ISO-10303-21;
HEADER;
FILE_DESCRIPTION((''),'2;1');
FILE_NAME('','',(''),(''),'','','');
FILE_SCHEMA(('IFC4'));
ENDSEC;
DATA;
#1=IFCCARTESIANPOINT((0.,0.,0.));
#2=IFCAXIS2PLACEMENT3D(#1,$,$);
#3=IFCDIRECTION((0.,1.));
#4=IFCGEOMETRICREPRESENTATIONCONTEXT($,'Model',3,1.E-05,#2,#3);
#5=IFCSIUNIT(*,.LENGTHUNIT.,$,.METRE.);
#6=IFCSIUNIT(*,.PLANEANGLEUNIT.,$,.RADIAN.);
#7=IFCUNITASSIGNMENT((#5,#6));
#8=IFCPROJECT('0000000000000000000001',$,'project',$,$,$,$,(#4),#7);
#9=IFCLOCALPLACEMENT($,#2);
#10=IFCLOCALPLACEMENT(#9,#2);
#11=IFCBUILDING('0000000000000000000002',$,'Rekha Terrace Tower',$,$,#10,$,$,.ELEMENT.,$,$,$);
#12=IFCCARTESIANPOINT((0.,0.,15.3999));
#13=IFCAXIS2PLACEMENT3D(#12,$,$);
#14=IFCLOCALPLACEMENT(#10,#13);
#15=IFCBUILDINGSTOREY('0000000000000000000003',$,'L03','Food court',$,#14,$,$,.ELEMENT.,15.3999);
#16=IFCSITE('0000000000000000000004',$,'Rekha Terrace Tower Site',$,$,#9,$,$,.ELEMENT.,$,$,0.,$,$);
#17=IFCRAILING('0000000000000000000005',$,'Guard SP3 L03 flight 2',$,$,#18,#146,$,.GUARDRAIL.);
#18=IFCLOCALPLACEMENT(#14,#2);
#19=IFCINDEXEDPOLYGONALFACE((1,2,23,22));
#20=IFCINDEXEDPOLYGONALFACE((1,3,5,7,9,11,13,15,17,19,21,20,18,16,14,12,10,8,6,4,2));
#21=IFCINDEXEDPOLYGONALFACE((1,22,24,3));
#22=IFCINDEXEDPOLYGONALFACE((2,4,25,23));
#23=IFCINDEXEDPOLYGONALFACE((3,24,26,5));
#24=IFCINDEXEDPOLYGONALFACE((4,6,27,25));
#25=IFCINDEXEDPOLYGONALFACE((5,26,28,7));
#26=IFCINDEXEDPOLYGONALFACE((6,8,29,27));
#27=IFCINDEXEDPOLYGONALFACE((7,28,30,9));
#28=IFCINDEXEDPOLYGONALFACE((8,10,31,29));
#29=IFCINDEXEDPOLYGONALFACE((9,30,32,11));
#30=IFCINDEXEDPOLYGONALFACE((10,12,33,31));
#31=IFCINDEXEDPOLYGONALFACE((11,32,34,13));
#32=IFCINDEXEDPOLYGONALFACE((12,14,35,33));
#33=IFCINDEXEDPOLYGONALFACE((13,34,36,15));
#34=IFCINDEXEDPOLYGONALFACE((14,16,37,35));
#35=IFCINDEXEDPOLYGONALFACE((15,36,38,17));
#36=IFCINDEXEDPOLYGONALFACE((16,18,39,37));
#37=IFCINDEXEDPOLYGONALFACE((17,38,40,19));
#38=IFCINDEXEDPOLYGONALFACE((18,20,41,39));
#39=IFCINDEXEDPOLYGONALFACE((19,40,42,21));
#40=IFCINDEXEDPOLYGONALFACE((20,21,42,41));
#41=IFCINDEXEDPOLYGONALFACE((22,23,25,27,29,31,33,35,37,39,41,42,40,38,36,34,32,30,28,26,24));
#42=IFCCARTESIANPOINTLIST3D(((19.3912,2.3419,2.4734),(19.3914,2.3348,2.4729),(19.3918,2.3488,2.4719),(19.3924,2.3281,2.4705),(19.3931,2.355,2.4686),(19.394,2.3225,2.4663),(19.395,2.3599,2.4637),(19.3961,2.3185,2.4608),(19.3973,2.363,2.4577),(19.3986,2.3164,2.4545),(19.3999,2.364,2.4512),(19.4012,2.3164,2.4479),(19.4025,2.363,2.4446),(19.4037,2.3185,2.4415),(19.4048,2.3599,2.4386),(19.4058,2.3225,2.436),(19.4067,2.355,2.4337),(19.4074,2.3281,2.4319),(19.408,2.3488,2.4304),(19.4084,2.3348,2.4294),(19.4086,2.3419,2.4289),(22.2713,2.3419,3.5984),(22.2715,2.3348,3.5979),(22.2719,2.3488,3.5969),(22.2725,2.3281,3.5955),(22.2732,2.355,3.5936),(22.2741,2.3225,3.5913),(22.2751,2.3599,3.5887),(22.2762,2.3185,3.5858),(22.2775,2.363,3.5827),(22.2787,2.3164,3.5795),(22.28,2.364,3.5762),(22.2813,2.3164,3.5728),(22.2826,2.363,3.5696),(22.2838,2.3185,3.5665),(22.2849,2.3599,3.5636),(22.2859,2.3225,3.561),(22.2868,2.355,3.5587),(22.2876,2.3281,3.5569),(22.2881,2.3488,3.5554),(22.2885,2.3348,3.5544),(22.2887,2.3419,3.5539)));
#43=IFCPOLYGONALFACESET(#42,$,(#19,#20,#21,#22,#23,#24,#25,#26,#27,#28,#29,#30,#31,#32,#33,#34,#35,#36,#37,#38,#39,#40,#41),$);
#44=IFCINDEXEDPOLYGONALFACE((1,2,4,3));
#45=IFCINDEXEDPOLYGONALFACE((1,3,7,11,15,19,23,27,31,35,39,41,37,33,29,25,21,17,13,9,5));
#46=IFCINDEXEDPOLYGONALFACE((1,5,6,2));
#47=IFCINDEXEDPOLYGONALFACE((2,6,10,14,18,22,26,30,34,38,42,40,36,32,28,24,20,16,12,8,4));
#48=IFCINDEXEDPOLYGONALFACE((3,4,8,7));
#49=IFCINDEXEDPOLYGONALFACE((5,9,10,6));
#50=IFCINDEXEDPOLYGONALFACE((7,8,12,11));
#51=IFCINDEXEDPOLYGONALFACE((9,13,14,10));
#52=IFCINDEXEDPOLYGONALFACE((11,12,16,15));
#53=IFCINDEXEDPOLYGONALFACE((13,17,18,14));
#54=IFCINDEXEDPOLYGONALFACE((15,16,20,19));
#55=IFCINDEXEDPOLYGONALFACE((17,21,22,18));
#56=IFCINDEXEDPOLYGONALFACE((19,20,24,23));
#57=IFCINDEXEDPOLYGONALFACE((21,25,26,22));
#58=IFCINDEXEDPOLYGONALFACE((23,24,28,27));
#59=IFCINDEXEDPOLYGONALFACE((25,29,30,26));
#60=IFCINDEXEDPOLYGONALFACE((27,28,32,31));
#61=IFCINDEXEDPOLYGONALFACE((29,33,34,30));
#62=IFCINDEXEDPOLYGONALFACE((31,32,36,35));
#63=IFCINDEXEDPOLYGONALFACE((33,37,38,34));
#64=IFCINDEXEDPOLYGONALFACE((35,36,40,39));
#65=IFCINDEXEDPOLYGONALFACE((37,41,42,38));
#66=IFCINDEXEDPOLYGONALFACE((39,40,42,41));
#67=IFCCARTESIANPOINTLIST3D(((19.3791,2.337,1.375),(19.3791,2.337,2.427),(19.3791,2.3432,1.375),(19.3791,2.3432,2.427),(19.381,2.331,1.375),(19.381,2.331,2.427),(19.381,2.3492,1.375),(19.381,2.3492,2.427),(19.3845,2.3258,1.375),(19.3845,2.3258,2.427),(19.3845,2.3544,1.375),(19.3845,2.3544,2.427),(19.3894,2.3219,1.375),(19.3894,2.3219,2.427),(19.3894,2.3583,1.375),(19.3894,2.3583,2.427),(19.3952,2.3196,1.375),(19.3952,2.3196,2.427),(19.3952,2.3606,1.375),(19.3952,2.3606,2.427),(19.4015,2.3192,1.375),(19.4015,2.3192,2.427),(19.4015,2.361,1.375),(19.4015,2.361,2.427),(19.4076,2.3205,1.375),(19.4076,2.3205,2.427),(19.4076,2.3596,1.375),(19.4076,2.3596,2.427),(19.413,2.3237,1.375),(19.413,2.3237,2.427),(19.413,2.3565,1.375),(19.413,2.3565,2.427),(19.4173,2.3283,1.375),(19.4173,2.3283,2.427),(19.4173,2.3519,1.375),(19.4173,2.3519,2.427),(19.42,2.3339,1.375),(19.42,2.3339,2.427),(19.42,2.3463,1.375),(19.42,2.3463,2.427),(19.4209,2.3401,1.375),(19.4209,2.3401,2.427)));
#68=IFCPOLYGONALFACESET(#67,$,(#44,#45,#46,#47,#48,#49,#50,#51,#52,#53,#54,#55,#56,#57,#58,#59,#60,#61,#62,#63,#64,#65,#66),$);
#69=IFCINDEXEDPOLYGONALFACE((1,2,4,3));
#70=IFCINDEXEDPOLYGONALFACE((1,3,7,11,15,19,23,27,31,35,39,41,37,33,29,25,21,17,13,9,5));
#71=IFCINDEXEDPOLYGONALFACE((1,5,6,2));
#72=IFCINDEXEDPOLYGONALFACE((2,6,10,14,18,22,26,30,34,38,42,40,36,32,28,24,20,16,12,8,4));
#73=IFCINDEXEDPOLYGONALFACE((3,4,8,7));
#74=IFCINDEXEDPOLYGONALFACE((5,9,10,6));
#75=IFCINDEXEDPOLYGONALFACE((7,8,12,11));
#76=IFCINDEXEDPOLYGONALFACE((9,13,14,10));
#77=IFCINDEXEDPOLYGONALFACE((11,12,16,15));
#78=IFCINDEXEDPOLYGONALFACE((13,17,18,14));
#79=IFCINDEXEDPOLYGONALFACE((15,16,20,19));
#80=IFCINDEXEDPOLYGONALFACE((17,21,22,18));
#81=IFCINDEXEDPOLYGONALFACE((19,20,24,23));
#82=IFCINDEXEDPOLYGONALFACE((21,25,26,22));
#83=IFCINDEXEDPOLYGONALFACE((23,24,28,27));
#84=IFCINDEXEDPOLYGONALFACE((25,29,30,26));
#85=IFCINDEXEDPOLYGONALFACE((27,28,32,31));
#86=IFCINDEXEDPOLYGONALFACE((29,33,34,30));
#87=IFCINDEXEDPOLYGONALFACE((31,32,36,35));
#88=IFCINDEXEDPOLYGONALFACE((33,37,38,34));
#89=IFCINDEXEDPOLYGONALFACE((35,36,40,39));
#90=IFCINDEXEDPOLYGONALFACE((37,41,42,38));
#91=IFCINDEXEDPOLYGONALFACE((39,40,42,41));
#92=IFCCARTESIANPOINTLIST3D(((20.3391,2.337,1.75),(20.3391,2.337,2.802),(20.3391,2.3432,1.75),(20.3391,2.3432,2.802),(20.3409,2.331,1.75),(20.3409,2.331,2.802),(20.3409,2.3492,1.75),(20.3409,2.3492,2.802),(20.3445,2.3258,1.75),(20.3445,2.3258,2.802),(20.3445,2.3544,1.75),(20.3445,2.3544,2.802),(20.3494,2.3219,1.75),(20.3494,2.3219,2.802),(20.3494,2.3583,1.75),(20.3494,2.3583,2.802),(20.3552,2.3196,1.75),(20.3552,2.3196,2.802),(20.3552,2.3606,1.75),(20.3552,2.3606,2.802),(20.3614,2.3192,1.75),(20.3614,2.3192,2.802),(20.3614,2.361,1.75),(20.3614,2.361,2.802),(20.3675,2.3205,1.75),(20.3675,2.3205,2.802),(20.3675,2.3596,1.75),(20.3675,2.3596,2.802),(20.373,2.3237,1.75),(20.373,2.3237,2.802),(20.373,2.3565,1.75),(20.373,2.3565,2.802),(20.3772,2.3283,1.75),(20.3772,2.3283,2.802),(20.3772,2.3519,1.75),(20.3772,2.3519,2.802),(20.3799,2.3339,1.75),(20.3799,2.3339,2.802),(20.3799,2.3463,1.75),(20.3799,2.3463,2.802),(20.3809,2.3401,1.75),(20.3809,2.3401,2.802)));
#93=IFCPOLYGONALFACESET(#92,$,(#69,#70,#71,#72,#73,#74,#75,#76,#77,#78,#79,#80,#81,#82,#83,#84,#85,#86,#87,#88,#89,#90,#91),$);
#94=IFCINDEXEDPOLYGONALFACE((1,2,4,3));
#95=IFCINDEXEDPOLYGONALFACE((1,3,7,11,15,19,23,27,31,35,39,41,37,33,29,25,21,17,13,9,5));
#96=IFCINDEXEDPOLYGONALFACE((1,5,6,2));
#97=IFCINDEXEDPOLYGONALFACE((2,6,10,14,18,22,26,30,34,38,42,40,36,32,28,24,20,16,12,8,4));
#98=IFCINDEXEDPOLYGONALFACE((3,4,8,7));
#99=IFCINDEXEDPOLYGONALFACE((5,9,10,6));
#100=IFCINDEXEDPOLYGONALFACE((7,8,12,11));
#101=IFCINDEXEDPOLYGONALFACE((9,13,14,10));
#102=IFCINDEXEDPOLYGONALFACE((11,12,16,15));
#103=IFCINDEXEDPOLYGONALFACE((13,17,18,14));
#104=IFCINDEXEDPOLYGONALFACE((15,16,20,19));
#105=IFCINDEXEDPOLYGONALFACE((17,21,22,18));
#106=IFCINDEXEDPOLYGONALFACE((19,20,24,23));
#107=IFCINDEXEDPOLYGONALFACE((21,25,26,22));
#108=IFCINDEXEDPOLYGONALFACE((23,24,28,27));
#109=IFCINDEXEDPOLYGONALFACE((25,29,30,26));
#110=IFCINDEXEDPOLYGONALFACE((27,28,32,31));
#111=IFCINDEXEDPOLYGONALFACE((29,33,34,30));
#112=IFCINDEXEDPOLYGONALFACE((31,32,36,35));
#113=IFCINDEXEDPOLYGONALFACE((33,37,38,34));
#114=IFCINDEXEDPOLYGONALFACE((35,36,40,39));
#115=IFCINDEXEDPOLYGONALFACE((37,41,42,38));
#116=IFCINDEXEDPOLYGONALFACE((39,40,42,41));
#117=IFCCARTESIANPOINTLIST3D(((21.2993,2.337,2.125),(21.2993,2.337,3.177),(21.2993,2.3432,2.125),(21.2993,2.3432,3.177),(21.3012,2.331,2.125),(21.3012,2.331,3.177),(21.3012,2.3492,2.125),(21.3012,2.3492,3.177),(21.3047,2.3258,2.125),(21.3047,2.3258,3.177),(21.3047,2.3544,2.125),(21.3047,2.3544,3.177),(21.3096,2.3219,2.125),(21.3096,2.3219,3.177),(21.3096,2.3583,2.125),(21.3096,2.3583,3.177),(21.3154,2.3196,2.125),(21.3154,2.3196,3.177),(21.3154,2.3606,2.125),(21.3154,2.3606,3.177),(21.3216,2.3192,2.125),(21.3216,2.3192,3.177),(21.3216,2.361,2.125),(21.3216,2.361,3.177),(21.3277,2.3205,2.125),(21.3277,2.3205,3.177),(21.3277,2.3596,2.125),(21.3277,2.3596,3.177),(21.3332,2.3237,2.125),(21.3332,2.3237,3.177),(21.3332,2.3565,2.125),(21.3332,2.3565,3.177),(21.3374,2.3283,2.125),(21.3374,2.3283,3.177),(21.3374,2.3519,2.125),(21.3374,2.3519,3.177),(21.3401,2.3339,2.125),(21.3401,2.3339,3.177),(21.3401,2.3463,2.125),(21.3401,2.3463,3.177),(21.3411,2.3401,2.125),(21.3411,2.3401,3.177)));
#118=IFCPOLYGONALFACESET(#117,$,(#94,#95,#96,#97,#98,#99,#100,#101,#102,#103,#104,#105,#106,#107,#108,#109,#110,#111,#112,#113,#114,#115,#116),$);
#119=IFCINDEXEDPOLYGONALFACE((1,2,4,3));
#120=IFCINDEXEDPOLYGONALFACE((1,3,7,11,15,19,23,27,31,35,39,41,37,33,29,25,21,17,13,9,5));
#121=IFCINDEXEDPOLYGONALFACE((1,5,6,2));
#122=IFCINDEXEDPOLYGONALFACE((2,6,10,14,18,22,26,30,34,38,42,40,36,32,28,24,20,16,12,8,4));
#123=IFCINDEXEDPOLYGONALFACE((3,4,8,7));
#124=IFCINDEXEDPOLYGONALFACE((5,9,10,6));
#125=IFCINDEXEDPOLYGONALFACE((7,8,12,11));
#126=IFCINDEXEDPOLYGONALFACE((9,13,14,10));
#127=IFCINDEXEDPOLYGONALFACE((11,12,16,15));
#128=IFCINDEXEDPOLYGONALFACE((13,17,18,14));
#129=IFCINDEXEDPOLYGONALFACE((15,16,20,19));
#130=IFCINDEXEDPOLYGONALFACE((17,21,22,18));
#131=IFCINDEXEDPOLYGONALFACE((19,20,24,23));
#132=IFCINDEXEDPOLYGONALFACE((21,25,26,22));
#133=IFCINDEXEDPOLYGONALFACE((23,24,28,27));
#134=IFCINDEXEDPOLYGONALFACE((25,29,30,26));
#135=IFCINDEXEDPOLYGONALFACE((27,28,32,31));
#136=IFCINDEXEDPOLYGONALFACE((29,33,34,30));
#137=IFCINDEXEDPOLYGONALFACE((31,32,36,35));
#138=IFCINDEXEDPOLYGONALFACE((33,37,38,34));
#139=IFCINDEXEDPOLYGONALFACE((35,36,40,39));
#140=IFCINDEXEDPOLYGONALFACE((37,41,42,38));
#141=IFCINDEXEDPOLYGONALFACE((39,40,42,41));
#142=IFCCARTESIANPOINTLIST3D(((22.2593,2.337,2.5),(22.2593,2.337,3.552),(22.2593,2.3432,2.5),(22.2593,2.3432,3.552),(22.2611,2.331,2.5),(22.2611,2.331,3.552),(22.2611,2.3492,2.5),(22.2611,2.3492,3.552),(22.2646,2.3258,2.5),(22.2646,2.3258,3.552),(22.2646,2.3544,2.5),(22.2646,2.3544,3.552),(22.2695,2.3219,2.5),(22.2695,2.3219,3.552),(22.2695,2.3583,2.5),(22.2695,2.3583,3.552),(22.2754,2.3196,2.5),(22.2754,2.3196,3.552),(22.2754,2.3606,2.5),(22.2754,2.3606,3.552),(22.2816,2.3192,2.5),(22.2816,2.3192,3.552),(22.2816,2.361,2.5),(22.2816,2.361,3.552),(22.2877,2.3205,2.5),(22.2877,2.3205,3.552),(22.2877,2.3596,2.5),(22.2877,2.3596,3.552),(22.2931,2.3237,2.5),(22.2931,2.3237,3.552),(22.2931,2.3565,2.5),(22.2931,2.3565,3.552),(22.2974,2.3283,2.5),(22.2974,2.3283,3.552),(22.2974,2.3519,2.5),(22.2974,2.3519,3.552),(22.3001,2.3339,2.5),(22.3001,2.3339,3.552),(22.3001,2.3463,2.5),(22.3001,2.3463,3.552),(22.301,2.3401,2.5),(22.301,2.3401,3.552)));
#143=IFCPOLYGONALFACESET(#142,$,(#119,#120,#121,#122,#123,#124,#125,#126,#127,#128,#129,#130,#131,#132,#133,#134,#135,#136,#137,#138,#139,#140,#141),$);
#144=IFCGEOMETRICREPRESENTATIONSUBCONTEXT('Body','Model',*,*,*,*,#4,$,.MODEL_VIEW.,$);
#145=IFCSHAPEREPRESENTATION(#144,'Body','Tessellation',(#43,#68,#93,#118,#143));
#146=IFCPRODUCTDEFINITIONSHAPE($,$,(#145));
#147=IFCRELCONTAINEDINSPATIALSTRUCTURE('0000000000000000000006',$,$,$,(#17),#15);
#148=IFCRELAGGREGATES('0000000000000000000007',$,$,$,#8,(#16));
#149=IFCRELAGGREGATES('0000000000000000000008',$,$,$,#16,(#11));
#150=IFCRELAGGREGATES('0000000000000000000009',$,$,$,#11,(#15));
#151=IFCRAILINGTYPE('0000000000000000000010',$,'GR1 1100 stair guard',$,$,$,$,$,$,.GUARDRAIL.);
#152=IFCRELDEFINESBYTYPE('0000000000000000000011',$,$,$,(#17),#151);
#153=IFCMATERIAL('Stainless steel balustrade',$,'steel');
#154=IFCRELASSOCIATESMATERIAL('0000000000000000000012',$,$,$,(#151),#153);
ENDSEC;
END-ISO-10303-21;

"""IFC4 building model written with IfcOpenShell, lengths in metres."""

from ifc_helpers import new_model, si_unit, direction, frame, origin, origin_2d, place, context, subcontext, project, spatial, circle, extrude, material, type_object, element, save


model = new_model("IFC4")

# Units and contexts
model_context = context("Model", 3, precision=1e-05, world=origin(), true_north=direction((0.0, 1.0)))
body_context = subcontext(model_context, "Body", "Model", "MODEL_VIEW")
ifc_project = project(units=[si_unit("LENGTHUNIT", "METRE"), si_unit("PLANEANGLEUNIT", "RADIAN")], contexts=[model_context])

# Site, building, storey
site_placement = place(None, origin())
site = spatial("IfcSite", under=ifc_project, at=site_placement, Name="Rekha Terrace Tower Site", CompositionType="ELEMENT", RefElevation=0.0)
building_placement = place(site_placement, origin())
building = spatial("IfcBuilding", under=site, at=building_placement, Name="Rekha Terrace Tower", CompositionType="ELEMENT")
storey_placement = place(building_placement, frame((0.0, 0.0, 15.3999)))
storey = spatial("IfcBuildingStorey", under=building, at=storey_placement, Name="L03", Description="Food court", CompositionType="ELEMENT", Elevation=15.3999)

# Railing
ifc_material_1 = material(Name="Stainless steel balustrade", Category="steel")
railing_type_1 = type_object("IfcRailingType", Name="GR1 1100 stair guard", PredefinedType="GUARDRAIL", material=ifc_material_1)
railing_1_placement = place(storey_placement, frame((19.3999, 2.3401, 1.375)))
element("IfcRailing", 1, at=railing_1_placement, inside=storey, type_object=railing_type_1, Name="Guard SP3 L03 flight 2", PredefinedType="GUARDRAIL", context=body_context, shape_type="SweptSolid", body=[
    extrude(circle(Radius=0.0239, at=origin_2d()), frame((0.0, 0.0, 1.0762), z_axis=(0.931463, 0.0, 0.363837), x_axis=(0.0, 1.0, 0.0)), (0.0, 0.0, 1.0), 3.092),
    extrude(circle(Radius=0.021, at=origin_2d()), origin(), (0.0, 0.0, 1.0), 1.052),
    extrude(circle(Radius=0.021, at=origin_2d()), frame((0.96, 0.0, 0.375)), (0.0, 0.0, 1.0), 1.052),
    extrude(circle(Radius=0.021, at=origin_2d()), frame((1.9202, 0.0, 0.75)), (0.0, 0.0, 1.0), 1.052),
    extrude(circle(Radius=0.021, at=origin_2d()), frame((2.8801, 0.0, 1.125)), (0.0, 0.0, 1.0), 1.052),
])

save(model, "model.ifc")
